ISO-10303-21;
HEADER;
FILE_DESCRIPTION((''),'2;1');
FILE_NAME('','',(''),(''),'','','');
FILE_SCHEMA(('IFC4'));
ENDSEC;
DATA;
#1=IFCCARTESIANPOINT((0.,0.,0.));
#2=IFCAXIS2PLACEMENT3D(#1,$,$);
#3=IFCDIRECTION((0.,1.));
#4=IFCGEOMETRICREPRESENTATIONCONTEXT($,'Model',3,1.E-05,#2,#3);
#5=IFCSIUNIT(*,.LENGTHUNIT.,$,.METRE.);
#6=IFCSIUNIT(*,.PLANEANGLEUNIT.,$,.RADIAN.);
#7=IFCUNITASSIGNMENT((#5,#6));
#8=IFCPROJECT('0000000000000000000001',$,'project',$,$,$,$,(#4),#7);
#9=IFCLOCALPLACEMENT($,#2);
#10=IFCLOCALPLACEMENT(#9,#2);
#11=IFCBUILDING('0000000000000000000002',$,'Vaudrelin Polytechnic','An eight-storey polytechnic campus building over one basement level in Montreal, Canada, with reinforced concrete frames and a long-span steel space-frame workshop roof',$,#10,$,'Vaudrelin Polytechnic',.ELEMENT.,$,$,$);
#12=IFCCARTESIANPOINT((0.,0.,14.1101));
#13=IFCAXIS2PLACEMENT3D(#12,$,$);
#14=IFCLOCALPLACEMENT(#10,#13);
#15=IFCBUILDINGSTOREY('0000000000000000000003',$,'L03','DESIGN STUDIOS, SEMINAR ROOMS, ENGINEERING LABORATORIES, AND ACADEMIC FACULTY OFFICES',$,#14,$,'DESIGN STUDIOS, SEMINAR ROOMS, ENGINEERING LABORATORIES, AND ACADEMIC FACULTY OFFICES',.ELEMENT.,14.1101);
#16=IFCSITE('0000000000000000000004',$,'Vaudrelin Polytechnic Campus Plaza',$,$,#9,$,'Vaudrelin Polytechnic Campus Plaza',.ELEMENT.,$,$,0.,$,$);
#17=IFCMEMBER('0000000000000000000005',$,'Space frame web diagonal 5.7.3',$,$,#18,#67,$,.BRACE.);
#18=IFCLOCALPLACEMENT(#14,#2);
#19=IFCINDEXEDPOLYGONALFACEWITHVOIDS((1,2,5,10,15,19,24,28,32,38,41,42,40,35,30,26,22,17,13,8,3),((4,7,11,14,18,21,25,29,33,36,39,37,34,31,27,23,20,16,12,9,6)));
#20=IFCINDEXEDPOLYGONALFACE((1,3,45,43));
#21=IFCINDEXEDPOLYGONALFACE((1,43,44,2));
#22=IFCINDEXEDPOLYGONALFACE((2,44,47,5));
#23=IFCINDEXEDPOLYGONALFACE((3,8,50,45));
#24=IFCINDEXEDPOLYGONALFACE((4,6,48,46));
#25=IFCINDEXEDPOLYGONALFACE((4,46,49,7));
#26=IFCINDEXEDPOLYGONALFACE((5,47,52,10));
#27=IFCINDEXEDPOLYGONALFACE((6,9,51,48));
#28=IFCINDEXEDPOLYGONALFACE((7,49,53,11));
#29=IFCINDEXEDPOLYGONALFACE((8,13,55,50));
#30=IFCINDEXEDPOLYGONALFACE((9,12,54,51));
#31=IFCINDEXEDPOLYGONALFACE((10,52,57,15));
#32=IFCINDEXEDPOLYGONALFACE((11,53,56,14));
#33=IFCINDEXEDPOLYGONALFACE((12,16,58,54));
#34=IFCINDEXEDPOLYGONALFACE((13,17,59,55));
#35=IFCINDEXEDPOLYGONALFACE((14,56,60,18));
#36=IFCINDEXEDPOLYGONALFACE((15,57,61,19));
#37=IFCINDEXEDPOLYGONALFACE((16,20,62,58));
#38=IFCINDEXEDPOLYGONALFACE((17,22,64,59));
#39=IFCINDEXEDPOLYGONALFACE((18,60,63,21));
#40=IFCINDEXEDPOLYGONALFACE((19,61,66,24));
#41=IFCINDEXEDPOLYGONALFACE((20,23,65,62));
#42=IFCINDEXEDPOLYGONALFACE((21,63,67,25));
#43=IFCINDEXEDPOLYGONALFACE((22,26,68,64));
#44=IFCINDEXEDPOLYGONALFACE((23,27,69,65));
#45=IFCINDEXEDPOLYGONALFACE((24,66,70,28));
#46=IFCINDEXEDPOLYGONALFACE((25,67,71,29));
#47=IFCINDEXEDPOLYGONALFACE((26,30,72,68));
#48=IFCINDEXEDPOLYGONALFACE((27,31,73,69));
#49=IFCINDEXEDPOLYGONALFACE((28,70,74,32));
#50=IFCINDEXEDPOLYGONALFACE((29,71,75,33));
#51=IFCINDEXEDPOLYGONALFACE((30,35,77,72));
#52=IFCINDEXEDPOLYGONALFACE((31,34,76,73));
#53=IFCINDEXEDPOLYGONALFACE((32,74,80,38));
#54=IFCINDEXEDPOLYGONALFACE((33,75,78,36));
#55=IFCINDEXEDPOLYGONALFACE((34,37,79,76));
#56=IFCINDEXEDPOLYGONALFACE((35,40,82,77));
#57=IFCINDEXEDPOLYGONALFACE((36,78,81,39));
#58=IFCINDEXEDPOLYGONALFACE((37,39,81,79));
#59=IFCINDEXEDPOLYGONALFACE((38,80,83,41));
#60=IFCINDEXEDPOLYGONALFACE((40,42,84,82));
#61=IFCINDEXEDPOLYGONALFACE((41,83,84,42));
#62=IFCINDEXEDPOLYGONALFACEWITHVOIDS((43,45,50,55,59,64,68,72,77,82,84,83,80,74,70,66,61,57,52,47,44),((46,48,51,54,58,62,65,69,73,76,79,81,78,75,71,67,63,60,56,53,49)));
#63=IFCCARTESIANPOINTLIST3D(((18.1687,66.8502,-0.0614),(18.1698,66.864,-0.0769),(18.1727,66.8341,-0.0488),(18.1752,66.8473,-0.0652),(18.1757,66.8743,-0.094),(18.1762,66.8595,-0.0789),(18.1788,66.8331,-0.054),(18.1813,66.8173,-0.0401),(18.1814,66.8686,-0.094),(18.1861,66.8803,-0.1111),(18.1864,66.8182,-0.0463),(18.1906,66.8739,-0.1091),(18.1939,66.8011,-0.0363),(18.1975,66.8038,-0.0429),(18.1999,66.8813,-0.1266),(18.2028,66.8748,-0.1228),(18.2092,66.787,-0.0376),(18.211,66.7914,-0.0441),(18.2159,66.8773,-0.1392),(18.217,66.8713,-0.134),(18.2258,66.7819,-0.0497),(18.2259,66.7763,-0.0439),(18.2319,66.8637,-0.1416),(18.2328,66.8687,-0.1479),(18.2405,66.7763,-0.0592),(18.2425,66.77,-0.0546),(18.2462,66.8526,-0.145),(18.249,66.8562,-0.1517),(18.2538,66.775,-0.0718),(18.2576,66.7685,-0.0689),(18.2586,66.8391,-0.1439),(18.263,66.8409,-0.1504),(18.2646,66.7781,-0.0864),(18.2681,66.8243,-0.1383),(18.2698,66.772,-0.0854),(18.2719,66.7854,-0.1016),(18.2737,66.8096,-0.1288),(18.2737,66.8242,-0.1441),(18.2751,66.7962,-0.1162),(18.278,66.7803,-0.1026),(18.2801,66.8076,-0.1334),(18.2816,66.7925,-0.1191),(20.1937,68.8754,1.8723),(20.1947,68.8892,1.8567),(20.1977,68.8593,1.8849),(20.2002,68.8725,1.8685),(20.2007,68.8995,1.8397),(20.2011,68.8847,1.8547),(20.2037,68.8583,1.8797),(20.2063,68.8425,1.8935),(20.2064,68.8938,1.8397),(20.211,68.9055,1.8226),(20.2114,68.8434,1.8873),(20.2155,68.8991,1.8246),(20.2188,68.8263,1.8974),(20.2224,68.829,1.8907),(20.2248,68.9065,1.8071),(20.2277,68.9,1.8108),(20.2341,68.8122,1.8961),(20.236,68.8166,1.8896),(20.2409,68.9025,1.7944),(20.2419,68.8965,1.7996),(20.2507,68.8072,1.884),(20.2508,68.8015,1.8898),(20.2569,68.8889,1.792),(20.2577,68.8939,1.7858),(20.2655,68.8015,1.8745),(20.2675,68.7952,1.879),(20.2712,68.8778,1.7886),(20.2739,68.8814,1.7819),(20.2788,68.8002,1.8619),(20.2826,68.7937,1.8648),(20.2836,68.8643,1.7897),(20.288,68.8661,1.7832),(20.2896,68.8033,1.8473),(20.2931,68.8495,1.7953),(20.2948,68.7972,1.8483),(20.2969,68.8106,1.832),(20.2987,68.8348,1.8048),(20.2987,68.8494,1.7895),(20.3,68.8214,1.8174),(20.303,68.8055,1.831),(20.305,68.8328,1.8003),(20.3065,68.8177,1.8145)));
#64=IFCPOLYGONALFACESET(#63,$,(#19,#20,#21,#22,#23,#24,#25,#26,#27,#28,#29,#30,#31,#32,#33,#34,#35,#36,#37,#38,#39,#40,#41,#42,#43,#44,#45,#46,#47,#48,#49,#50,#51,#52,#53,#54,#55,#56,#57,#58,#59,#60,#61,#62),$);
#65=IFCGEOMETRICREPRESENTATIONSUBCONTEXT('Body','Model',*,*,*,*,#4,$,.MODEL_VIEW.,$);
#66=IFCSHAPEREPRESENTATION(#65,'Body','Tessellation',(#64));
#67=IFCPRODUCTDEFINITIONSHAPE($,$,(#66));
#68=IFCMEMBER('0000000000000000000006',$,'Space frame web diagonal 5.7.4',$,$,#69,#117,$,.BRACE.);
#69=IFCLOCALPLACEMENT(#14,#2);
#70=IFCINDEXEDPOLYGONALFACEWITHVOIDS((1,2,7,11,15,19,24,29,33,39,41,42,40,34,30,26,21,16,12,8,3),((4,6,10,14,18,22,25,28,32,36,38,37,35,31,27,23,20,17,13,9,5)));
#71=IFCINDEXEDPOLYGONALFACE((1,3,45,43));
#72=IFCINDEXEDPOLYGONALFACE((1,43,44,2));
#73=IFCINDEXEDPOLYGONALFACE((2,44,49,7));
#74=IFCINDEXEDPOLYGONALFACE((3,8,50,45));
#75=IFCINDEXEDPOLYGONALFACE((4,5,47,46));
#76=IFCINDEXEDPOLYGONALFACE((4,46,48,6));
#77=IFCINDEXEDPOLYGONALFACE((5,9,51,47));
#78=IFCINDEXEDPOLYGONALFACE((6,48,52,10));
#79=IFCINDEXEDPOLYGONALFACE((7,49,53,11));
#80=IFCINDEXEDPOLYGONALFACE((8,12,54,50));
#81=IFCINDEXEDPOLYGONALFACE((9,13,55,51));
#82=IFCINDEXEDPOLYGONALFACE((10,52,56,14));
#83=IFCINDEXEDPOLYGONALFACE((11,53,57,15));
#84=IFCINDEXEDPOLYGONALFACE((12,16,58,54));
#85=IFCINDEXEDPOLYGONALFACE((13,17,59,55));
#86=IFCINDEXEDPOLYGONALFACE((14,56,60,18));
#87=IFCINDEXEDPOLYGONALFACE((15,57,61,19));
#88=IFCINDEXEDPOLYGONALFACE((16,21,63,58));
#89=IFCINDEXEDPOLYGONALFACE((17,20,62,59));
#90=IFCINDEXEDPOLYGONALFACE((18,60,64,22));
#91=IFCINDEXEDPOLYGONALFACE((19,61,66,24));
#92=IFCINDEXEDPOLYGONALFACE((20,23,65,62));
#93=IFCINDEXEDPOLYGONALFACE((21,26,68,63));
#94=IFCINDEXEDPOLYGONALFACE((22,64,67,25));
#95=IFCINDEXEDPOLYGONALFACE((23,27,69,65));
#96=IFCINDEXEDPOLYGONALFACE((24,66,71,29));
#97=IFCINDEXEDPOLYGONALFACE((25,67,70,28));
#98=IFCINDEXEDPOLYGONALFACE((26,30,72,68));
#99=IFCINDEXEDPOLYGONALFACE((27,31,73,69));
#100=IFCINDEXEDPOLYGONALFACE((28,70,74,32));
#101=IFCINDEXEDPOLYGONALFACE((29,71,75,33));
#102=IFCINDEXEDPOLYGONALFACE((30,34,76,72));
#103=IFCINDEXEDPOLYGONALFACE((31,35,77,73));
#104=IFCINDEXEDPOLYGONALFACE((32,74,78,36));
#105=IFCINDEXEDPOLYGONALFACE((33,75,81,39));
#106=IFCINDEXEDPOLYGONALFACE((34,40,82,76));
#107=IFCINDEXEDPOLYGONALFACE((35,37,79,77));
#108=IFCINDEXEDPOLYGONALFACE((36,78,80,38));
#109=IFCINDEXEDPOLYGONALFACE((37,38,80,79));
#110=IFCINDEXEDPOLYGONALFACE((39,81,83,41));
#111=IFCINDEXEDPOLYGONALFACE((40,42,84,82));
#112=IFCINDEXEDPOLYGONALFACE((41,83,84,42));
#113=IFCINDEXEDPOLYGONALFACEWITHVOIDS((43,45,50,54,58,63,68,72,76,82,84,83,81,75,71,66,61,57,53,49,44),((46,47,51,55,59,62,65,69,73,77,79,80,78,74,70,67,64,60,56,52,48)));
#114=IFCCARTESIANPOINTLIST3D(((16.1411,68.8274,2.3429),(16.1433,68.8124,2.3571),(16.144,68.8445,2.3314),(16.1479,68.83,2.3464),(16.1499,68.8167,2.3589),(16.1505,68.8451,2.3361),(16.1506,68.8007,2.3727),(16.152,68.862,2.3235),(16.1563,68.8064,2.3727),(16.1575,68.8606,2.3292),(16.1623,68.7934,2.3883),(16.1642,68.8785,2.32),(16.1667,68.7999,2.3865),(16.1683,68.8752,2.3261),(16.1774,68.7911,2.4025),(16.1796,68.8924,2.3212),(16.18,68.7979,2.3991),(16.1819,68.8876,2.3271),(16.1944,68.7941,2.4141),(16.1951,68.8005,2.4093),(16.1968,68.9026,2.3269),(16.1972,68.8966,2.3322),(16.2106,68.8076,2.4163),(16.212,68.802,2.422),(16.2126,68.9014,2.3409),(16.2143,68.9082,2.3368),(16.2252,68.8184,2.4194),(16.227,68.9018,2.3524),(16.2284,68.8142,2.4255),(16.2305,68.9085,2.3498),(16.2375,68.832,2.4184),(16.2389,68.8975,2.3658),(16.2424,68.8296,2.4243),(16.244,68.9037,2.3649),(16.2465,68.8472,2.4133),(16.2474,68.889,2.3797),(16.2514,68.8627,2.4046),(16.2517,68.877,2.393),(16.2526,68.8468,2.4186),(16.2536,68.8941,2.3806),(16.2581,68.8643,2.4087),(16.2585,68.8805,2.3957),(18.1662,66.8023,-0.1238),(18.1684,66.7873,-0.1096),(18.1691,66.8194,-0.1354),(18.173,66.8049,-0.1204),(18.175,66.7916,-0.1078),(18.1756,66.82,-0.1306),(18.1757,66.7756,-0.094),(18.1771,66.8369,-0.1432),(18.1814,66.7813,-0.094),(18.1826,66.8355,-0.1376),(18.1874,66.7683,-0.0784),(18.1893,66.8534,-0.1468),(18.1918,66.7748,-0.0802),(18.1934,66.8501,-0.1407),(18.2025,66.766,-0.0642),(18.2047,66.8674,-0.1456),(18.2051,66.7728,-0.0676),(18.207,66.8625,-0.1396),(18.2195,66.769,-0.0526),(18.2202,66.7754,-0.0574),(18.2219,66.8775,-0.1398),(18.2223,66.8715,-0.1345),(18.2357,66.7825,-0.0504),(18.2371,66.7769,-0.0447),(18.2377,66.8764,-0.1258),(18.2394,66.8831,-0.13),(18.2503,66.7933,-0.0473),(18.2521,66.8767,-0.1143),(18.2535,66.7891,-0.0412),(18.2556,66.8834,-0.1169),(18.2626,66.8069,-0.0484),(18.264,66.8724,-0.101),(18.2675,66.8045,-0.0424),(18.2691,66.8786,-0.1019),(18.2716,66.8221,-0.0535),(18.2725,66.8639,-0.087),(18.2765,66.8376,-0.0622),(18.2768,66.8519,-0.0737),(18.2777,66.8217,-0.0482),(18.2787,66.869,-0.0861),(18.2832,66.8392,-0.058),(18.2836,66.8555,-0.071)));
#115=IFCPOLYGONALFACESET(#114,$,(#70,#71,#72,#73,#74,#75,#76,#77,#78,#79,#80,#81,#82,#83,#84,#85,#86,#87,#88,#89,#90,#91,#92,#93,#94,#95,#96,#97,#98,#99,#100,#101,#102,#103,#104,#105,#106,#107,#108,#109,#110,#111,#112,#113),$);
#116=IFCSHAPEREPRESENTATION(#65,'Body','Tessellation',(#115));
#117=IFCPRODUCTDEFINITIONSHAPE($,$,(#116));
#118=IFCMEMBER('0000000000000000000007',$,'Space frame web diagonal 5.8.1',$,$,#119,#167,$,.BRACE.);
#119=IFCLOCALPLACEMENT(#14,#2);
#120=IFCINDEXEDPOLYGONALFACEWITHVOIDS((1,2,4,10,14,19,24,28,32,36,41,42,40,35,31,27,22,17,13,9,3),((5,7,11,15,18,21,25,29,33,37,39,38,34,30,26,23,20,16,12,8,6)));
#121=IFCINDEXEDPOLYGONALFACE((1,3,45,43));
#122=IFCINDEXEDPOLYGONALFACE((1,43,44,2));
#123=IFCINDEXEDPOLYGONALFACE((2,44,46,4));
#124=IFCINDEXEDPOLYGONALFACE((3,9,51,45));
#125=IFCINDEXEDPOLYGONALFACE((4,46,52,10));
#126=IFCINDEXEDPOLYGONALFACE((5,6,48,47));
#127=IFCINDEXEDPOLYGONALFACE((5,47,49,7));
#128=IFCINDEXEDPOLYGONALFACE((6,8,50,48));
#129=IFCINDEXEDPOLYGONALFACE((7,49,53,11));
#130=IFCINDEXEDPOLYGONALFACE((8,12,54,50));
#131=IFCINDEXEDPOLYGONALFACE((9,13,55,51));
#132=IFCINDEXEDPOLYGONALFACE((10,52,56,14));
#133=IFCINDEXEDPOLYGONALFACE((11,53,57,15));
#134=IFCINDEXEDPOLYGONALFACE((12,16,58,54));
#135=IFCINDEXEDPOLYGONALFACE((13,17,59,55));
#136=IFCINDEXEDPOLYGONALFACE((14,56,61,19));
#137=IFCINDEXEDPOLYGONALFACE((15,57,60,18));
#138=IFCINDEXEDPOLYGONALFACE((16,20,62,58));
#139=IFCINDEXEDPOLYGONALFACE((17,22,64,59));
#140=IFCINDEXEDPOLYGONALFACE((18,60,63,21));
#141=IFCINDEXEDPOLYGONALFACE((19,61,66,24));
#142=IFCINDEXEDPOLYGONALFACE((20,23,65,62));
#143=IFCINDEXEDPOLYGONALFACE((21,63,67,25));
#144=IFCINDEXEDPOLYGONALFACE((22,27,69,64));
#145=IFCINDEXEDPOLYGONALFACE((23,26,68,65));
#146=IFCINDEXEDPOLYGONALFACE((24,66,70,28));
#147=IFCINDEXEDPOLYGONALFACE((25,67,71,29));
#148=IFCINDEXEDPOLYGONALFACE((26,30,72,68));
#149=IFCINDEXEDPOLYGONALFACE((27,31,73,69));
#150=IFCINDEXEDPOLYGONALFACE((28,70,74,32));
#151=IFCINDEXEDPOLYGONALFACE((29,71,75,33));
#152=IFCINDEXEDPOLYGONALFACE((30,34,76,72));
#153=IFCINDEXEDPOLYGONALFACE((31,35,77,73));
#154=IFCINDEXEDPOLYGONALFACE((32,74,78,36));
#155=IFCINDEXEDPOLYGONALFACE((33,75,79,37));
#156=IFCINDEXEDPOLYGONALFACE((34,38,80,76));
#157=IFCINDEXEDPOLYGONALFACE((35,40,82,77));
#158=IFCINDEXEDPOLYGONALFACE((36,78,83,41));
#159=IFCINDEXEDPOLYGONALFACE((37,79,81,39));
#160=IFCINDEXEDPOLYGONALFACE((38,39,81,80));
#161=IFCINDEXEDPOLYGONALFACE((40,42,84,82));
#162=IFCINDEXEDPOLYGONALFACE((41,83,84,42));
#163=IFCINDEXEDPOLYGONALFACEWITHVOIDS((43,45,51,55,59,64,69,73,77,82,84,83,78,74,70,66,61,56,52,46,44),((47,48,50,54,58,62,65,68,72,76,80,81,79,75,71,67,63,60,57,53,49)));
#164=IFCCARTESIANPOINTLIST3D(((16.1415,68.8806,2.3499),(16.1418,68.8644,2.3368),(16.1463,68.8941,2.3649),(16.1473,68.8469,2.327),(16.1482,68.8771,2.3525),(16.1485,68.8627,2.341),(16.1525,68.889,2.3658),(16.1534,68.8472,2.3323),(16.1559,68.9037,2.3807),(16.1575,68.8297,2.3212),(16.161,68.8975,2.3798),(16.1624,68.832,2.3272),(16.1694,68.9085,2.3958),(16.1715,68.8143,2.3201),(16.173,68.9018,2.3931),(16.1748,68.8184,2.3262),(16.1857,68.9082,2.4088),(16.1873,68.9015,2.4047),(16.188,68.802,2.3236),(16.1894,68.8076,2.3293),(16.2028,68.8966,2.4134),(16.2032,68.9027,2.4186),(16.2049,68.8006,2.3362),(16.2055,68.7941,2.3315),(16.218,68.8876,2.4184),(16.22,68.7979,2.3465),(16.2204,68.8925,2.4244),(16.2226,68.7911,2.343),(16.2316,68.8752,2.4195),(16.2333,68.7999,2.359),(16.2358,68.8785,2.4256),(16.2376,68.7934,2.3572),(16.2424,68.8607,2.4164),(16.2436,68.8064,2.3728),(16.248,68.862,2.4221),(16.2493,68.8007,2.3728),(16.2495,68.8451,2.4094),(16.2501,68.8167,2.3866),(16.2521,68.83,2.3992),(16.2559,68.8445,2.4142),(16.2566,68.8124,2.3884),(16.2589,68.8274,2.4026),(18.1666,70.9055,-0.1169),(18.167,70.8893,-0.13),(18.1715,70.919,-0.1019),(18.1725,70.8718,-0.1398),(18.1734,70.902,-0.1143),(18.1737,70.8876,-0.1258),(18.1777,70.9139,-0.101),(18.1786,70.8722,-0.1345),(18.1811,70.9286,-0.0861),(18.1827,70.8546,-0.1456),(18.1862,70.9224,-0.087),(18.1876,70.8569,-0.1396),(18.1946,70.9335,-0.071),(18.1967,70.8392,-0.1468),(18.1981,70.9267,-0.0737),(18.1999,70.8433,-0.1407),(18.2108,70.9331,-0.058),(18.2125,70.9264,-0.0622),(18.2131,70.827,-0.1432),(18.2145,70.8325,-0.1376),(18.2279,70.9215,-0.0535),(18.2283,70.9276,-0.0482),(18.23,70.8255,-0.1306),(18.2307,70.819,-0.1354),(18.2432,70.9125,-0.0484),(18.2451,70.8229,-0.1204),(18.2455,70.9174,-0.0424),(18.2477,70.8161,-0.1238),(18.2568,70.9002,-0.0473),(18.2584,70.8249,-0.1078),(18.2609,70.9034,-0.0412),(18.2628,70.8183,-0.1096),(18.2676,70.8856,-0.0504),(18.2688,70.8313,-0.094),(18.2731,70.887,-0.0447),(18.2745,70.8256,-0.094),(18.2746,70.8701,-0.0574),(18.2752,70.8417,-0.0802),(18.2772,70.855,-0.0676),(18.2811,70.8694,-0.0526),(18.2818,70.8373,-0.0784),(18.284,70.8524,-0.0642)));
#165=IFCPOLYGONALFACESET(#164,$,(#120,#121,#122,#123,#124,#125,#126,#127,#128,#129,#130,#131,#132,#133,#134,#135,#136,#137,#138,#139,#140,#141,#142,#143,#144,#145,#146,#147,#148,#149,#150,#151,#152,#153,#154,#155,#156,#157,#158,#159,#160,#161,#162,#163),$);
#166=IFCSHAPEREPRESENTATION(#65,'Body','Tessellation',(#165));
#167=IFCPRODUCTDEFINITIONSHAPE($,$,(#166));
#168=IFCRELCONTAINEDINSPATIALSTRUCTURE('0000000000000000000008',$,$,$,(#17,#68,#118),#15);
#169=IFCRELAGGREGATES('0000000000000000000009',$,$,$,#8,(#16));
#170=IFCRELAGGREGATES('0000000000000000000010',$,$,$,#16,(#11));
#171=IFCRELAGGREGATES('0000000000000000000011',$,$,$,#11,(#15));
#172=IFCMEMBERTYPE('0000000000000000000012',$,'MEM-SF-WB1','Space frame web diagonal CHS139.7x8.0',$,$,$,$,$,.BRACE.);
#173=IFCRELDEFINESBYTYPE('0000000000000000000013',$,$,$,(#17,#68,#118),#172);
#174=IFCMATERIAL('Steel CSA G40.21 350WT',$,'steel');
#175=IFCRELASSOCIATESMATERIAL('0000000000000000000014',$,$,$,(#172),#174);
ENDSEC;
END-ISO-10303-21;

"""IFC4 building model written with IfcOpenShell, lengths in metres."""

from ifc_helpers import new_model, si_unit, direction, frame, origin, origin_2d, place, context, subcontext, project, spatial, hollow_circle, extrude, material, material_profile, profile_set, type_object, element, save


model = new_model("IFC4")

# Units and contexts
model_context = context("Model", 3, precision=1e-05, world=origin(), true_north=direction((0.0, 1.0)))
body_context = subcontext(model_context, "Body", "Model", "MODEL_VIEW")
ifc_project = project(units=[si_unit("LENGTHUNIT", "METRE"), si_unit("PLANEANGLEUNIT", "RADIAN")], contexts=[model_context])

# Site, building, storey
site_placement = place(None, origin())
site = spatial("IfcSite", under=ifc_project, at=site_placement, Name="Vaudrelin Polytechnic Campus Plaza", LongName="Vaudrelin Polytechnic Campus Plaza", CompositionType="ELEMENT", RefElevation=0.0)
building_placement = place(site_placement, origin())
building = spatial("IfcBuilding", under=site, at=building_placement, Name="Vaudrelin Polytechnic", Description="An eight-storey polytechnic campus building over one basement level in Montreal, Canada, with reinforced concrete frames and a long-span steel space-frame workshop roof", LongName="Vaudrelin Polytechnic", CompositionType="ELEMENT")
storey_placement = place(building_placement, frame((0.0, 0.0, 14.1101)))
storey = spatial("IfcBuildingStorey", under=building, at=storey_placement, Name="L03", Description="DESIGN STUDIOS, SEMINAR ROOMS, ENGINEERING LABORATORIES, AND ACADEMIC FACULTY OFFICES", LongName="DESIGN STUDIOS, SEMINAR ROOMS, ENGINEERING LABORATORIES, AND ACADEMIC FACULTY OFFICES", CompositionType="ELEMENT", Elevation=14.1101)

# Members
ifc_material = material(Name="Steel CSA G40.21 350WT", Category="steel")
ifc_material_profile_1 = material_profile(ifc_material, hollow_circle(Radius=0.0698, WallThickness=0.0081, at=origin_2d()), Name="CHS139.7x8.0")
ifc_profile_set_1 = profile_set([ifc_material_profile_1], Name="Steel CSA G40.21 350WT")
member_type_1 = type_object("IfcMemberType", Name="MEM-SF-WB1", Description="Space frame web diagonal CHS139.7x8.0", PredefinedType="BRACE", material=ifc_profile_set_1)
member_1_placement = place(storey_placement, frame((18.2251, 66.825, -0.094), z_axis=(0.586, 0.586071, 0.559576), x_axis=(-0.707149, 0.707064, 0.0)))
element("IfcMember", 1, at=member_1_placement, inside=storey, type_object=member_type_1, Name="Space frame web diagonal 5.7.3", PredefinedType="BRACE", context=body_context, shape_type="SweptSolid", body=[
    extrude(hollow_circle(Radius=0.0698, WallThickness=0.0081, at=origin_2d()), origin(), (0.0, 0.0, 1.0), 3.4556),
])
for number, where, z_axis, x_axis, name in (
    (2, (18.2251, 66.825, -0.094), (-0.535769, 0.535769, 0.652612), (-0.707107, -0.707107, 0.0), "Space frame web diagonal 5.7.4"),
    (3, (18.2251, 70.875, -0.094), (-0.535788, -0.535723, 0.652634), (0.707064, -0.707149, 0.0), "Space frame web diagonal 5.8.1"),
):
    element("IfcMember", number, at=place(storey_placement, frame(where, z_axis=z_axis, x_axis=x_axis)), inside=storey, type_object=member_type_1, Name=name, PredefinedType="BRACE", context=body_context, shape_type="SweptSolid", body=[
        extrude(hollow_circle(Radius=0.0698, WallThickness=0.0081, at=origin_2d()), origin(), (0.0, 0.0, 1.0), 3.7798),
    ])

save(model, "model.ifc")
